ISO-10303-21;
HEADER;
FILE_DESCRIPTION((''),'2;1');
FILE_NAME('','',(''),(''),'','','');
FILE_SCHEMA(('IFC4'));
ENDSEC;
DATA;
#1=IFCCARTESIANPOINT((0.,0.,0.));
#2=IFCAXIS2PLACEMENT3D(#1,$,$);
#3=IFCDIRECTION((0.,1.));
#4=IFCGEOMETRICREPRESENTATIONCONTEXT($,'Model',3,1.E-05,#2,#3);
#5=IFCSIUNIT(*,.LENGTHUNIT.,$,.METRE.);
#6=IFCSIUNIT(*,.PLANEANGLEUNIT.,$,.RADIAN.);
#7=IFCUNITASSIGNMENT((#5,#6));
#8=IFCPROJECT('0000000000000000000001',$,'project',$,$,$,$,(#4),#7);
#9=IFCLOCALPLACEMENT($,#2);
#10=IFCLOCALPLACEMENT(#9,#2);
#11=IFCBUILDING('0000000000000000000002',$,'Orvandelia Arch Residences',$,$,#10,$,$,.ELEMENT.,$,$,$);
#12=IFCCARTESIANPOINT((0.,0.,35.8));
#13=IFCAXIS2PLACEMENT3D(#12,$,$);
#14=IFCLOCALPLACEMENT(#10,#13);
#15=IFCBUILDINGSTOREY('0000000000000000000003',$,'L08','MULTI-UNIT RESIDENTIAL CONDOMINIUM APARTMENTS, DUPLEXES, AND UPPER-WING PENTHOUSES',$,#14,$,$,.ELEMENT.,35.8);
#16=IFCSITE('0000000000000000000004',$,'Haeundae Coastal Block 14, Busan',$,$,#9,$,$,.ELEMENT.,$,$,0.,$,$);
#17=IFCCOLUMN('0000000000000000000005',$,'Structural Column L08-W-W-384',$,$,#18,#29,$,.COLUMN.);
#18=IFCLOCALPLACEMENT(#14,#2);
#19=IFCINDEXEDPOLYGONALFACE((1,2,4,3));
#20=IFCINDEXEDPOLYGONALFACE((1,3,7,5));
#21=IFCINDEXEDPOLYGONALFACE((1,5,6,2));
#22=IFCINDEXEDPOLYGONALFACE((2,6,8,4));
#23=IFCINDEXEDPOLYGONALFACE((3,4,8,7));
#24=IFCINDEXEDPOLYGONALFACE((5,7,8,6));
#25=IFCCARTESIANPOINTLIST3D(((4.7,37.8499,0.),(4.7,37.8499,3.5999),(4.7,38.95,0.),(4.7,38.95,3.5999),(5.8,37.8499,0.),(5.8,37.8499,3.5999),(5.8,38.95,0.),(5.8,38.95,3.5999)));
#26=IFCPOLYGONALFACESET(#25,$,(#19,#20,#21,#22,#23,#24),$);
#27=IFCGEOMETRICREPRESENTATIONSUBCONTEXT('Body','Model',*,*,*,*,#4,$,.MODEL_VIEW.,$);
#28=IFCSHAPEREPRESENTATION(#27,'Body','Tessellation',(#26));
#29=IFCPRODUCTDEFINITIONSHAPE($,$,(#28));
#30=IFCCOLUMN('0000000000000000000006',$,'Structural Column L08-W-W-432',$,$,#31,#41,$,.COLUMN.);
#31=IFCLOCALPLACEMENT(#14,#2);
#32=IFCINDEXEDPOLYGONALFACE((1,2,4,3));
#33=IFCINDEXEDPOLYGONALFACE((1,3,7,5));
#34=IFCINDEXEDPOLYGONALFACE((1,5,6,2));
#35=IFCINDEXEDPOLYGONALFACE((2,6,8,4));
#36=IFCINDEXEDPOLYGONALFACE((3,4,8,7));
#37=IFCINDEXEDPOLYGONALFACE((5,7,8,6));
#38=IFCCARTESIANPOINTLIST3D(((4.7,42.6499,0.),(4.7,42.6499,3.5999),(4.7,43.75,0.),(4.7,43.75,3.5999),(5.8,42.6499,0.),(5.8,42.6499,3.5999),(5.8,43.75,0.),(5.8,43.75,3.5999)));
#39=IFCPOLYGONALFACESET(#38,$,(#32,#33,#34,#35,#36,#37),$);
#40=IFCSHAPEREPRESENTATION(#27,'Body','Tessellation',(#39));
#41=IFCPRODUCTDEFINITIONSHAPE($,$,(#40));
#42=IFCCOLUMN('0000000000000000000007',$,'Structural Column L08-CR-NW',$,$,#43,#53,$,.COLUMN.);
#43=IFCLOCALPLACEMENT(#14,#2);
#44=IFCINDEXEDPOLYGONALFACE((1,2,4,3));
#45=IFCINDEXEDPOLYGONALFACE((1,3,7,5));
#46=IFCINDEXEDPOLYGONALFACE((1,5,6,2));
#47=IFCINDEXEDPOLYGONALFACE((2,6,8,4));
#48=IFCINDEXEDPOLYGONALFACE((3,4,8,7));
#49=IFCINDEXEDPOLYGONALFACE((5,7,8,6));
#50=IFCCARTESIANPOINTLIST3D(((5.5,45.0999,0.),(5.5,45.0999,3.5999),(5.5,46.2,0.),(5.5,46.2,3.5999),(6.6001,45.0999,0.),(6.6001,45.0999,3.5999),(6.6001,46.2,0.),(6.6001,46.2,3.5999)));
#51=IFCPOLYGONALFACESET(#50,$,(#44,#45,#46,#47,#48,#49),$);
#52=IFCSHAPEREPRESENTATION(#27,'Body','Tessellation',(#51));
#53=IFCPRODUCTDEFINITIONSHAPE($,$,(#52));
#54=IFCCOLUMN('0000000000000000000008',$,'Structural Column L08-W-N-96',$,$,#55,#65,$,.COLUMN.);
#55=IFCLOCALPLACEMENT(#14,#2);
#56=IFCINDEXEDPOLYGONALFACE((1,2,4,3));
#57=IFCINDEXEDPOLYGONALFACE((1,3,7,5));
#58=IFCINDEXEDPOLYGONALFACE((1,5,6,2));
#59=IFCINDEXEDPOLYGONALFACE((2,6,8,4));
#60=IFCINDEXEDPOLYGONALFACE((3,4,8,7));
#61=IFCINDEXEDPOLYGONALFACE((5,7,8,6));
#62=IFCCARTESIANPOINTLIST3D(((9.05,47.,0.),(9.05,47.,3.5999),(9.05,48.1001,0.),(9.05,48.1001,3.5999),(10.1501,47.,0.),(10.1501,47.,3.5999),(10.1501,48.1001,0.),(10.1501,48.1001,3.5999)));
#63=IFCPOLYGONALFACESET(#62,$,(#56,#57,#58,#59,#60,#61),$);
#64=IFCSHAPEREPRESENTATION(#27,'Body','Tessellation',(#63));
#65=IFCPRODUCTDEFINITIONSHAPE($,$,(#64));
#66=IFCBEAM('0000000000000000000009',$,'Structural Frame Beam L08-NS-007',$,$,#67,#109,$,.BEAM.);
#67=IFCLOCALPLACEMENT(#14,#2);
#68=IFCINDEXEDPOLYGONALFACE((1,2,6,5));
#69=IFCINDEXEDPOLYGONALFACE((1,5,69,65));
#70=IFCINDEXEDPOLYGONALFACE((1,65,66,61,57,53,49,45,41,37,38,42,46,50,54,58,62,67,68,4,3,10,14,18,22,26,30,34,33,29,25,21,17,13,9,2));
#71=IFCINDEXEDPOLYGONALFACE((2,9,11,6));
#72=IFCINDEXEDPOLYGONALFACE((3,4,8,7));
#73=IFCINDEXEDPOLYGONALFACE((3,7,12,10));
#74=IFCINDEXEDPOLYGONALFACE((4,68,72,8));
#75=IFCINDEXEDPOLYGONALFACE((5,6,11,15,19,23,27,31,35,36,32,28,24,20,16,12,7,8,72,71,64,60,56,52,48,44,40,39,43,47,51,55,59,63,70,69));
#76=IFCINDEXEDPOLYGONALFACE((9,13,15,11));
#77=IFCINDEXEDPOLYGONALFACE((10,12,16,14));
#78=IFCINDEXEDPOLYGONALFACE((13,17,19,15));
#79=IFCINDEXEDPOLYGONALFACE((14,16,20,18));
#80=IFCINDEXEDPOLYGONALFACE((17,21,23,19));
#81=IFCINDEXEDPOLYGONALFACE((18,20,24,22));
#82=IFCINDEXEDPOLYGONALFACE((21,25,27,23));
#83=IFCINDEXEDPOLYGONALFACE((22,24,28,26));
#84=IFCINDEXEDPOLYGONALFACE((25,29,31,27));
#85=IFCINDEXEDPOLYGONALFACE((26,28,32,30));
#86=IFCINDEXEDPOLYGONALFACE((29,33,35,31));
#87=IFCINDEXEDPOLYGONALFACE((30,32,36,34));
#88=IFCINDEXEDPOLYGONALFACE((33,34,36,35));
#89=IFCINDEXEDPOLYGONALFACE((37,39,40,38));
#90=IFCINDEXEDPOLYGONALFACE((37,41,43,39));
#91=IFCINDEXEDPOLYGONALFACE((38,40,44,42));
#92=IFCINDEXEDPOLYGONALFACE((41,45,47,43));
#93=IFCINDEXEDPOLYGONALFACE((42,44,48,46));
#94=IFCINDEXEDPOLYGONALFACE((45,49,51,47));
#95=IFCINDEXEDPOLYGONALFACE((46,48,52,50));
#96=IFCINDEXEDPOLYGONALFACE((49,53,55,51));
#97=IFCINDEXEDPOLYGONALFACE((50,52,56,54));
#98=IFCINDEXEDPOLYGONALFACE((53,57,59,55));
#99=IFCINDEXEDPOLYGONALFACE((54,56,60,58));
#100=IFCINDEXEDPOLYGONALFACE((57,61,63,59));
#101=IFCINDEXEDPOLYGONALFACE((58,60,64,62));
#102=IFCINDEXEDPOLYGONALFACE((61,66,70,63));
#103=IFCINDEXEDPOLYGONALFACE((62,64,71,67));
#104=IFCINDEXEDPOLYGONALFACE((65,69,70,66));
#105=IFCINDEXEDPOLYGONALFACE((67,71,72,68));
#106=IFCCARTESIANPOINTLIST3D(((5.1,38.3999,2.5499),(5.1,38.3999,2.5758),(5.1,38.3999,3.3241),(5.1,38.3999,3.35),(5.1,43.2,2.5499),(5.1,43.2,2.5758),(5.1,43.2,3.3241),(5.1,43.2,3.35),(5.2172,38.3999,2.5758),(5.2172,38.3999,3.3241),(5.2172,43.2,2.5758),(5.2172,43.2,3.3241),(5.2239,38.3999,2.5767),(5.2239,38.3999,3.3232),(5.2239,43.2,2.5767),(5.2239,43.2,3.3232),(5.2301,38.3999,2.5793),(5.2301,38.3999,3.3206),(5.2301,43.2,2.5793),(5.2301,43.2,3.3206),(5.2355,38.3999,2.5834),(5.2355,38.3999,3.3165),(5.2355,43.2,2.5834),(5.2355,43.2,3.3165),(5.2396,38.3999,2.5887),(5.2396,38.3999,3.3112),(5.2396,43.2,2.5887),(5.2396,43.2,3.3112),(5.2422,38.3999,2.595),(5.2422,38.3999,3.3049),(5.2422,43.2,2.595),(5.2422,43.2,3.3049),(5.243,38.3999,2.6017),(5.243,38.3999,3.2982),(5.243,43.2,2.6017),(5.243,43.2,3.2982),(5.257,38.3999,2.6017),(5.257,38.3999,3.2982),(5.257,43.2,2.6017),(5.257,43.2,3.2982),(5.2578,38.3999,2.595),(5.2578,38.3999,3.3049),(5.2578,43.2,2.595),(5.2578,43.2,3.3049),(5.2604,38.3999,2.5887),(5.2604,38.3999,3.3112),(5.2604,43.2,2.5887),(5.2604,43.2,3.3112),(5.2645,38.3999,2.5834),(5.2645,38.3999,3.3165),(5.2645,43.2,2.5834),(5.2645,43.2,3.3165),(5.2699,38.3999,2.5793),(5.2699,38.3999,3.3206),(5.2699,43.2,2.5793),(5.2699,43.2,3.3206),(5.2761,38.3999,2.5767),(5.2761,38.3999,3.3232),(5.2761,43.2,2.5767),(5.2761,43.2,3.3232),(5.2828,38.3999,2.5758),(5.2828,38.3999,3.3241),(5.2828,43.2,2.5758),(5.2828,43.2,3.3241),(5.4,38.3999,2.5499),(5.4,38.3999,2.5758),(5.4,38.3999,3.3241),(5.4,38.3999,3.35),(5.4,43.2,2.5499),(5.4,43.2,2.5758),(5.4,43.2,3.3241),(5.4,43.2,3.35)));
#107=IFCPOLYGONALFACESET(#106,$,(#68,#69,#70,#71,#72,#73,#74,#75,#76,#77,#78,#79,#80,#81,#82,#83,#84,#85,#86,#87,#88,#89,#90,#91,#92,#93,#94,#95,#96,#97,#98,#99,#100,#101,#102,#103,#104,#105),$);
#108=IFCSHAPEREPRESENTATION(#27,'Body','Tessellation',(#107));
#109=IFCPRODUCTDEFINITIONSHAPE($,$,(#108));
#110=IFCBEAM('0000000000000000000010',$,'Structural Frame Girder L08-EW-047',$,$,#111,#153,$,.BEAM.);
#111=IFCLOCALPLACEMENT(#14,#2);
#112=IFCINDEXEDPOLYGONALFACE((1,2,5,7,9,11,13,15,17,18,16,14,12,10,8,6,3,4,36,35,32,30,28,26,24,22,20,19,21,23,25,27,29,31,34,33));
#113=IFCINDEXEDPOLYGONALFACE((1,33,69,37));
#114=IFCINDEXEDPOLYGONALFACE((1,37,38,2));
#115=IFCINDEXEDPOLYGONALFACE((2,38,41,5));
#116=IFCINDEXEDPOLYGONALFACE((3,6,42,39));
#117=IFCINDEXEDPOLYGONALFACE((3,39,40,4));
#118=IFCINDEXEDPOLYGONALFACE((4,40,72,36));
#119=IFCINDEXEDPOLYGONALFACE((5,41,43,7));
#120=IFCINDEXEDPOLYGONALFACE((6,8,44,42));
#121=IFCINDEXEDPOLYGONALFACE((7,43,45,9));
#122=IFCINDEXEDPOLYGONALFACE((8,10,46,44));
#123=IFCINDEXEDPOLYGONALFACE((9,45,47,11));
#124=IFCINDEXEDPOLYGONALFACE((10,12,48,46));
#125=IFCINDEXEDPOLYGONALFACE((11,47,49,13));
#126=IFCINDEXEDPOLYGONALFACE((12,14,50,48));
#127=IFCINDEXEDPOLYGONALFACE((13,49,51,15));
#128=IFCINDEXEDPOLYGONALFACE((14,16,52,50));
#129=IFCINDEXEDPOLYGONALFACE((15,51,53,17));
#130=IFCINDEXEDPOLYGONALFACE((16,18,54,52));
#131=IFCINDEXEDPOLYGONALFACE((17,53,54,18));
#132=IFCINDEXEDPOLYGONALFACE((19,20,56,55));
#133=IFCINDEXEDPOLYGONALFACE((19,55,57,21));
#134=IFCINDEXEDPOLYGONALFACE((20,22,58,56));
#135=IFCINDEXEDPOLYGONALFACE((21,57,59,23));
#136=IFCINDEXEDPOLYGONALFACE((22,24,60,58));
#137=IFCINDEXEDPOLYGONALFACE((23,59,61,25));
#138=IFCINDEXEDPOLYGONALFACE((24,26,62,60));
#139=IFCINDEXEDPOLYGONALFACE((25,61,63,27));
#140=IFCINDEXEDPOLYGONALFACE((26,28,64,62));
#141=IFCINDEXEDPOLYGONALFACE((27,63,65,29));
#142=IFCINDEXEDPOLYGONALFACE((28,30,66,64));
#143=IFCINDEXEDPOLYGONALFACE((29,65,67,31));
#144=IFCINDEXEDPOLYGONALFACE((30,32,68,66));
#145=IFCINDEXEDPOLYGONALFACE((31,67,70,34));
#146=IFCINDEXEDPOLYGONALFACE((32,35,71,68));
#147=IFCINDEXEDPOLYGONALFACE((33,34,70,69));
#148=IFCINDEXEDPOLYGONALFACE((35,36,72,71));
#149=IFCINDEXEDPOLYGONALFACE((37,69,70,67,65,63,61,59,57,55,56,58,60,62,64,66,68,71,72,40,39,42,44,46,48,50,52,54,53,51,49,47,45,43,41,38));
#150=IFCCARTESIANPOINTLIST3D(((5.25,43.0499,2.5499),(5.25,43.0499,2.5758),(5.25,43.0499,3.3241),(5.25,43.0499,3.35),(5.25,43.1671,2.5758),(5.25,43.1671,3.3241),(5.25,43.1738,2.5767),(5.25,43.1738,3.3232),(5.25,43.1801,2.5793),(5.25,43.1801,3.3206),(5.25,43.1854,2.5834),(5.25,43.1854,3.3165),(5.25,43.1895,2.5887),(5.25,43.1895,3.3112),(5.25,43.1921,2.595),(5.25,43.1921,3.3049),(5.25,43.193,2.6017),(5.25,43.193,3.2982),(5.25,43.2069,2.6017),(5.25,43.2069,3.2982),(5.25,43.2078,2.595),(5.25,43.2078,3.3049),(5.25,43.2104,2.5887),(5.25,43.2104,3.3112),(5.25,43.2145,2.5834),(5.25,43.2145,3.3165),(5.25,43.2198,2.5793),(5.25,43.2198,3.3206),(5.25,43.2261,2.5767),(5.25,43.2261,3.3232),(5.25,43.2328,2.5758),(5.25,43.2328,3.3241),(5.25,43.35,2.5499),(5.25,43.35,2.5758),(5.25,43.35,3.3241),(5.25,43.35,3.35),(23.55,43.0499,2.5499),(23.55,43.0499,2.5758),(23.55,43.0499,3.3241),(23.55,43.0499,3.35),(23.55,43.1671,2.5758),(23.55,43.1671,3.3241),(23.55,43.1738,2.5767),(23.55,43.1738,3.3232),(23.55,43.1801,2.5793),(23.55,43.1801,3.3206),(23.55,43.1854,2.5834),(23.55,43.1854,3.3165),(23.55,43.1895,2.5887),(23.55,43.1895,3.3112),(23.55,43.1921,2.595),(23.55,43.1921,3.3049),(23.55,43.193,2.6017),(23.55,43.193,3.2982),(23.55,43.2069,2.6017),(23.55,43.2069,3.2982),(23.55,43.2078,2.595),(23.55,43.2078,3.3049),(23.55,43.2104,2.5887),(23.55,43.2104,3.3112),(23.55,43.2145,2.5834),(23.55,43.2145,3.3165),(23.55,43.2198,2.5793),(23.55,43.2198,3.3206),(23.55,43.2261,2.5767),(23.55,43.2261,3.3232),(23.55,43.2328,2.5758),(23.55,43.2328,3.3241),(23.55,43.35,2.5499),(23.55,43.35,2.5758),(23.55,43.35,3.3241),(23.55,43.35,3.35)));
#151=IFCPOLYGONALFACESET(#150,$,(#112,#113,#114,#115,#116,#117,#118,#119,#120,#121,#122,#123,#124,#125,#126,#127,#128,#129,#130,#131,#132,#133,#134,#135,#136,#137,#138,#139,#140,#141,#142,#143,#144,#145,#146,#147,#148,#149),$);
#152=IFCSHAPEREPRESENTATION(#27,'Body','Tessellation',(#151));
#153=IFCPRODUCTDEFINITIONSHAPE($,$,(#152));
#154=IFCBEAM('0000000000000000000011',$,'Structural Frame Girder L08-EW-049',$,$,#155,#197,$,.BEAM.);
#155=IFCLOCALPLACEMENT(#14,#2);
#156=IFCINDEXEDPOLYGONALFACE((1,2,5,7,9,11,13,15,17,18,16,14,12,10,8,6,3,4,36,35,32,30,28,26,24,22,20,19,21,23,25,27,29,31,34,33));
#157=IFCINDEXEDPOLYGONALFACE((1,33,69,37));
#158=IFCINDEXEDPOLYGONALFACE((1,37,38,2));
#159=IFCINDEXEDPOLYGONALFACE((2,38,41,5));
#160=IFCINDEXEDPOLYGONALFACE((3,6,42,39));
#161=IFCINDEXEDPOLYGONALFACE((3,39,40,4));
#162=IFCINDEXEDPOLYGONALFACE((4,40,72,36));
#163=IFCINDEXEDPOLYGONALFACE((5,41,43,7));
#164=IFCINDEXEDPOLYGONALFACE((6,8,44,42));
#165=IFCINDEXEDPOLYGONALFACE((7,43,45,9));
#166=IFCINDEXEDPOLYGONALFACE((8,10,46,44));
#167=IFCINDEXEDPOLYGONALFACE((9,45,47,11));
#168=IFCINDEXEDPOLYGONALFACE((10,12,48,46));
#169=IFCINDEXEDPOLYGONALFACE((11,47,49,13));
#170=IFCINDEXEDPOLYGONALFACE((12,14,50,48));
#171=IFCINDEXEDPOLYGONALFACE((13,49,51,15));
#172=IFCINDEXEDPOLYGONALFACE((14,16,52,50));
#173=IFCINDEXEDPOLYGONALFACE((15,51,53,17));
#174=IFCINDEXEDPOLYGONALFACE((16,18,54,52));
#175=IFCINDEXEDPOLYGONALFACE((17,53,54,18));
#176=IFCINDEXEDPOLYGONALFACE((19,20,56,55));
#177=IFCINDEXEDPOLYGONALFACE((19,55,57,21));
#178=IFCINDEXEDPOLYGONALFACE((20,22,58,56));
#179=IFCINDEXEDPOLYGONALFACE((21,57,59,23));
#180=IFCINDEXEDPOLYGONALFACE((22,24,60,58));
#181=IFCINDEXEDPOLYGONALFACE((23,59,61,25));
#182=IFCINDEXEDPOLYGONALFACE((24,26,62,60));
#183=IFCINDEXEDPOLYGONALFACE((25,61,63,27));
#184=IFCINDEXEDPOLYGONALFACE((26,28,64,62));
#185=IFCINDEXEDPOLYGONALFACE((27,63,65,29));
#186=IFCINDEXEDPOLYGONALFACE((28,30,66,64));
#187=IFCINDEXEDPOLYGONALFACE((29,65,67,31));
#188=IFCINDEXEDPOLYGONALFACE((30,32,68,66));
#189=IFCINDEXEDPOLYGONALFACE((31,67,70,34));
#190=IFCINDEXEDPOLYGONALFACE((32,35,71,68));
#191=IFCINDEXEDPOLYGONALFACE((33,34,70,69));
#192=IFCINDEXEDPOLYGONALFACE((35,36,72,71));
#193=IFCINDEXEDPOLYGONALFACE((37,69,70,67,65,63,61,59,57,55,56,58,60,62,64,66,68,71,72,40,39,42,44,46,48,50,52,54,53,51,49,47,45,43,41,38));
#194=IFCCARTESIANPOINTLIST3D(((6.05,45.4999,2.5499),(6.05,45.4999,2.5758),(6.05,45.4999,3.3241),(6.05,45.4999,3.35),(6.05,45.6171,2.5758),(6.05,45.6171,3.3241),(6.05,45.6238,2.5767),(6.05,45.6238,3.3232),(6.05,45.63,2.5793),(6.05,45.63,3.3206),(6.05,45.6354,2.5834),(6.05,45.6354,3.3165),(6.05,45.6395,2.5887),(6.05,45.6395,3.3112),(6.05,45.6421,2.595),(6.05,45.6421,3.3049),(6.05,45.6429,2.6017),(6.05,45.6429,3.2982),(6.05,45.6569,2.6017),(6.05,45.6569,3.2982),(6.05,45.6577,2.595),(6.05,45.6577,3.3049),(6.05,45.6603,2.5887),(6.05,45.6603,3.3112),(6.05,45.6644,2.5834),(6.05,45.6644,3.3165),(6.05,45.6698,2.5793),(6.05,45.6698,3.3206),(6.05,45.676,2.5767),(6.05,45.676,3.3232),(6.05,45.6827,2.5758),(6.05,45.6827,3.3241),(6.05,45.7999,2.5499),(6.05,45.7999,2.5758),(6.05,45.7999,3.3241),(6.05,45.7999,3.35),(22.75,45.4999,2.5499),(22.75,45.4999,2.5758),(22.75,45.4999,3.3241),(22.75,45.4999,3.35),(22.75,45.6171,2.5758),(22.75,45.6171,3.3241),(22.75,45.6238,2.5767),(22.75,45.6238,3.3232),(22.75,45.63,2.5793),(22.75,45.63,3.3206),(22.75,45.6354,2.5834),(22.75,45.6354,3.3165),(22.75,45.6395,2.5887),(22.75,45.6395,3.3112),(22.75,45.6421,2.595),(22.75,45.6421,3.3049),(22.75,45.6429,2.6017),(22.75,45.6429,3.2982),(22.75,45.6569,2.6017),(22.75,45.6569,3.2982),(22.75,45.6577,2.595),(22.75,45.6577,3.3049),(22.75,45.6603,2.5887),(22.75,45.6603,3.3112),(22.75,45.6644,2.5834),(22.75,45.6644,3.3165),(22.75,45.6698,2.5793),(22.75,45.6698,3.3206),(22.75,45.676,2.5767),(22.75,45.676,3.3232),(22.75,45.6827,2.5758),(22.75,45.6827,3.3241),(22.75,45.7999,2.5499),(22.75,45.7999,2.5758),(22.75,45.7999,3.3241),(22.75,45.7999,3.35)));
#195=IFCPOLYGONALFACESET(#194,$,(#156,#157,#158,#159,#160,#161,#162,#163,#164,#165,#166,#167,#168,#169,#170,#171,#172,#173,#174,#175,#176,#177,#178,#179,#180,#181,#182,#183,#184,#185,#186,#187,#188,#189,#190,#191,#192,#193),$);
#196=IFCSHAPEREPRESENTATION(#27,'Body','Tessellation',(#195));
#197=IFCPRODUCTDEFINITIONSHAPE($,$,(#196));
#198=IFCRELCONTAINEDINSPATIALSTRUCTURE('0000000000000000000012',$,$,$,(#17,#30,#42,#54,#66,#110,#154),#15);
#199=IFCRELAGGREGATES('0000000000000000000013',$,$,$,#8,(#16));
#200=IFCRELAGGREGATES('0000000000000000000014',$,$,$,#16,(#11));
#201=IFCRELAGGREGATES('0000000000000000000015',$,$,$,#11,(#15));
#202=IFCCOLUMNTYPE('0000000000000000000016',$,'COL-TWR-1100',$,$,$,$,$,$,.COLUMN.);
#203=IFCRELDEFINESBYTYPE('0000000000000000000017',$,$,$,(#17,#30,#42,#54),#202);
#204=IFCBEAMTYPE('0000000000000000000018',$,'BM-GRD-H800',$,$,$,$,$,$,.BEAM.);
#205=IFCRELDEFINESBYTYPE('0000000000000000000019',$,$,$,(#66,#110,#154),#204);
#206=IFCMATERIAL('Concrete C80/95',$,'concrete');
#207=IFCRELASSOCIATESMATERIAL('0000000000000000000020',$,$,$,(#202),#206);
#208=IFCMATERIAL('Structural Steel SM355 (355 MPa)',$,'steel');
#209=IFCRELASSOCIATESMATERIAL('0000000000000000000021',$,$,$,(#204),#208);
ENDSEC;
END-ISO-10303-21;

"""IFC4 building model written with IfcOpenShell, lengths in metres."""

from ifc_helpers import new_model, si_unit, direction, frame, origin, origin_2d, place, context, subcontext, project, spatial, rectangle, i_section, extrude, material, material_profile, profile_set, type_object, element, save


model = new_model("IFC4")

# Units and contexts
model_context = context("Model", 3, precision=1e-05, world=origin(), true_north=direction((0.0, 1.0)))
body_context = subcontext(model_context, "Body", "Model", "MODEL_VIEW")
ifc_project = project(units=[si_unit("LENGTHUNIT", "METRE"), si_unit("PLANEANGLEUNIT", "RADIAN")], contexts=[model_context])

# Site, building, storey
site_placement = place(None, origin())
site = spatial("IfcSite", under=ifc_project, at=site_placement, Name="Haeundae Coastal Block 14, Busan", CompositionType="ELEMENT", RefElevation=0.0)
building_placement = place(site_placement, origin())
building = spatial("IfcBuilding", under=site, at=building_placement, Name="Orvandelia Arch Residences", CompositionType="ELEMENT")
storey_placement = place(building_placement, frame((0.0, 0.0, 35.8)))
storey = spatial("IfcBuildingStorey", under=building, at=storey_placement, Name="L08", Description="MULTI-UNIT RESIDENTIAL CONDOMINIUM APARTMENTS, DUPLEXES, AND UPPER-WING PENTHOUSES", CompositionType="ELEMENT", Elevation=35.8)

# Columns
ifc_material_1 = material(Name="Concrete C80/95", Category="concrete")
ifc_material_profile_1 = material_profile(ifc_material_1, rectangle(XDim=1.1001, YDim=1.1001, at=origin_2d()), Name="Concrete C80/95", Category="concrete")
ifc_profile_set_1 = profile_set([ifc_material_profile_1], Name="Concrete C80/95")
column_type = type_object("IfcColumnType", Name="COL-TWR-1100", PredefinedType="COLUMN", material=ifc_profile_set_1)
for number, where, z_axis, x_axis, name in (
    (1, (5.25, 38.3999, 0.0), (0.0, 0.0, 1.0), (1.0, 0.0, 0.0), "Structural Column L08-W-W-384"),
    (2, (5.25, 43.2, 0.0), (0.0, 0.0, 1.0), (1.0, 0.0, 0.0), "Structural Column L08-W-W-432"),
    (3, (6.05, 45.6499, 0.0), (0.0, 0.0, 1.0), (1.0, 0.0, 0.0), "Structural Column L08-CR-NW"),
    (4, (9.6001, 47.55, 0.0), (0.0, 0.0, 1.0), (1.0, 0.0, 0.0), "Structural Column L08-W-N-96"),
):
    element("IfcColumn", number, at=place(storey_placement, frame(where, z_axis=z_axis, x_axis=x_axis)), inside=storey, type_object=column_type, Name=name, PredefinedType="COLUMN", context=body_context, shape_type="SweptSolid", body=[
        extrude(rectangle(XDim=1.1001, YDim=1.1001, at=origin_2d()), origin(), (0.0, 0.0, 1.0), 3.5999),
    ])

# Beams
ifc_material_2 = material(Name="Structural Steel SM355 (355 MPa)", Category="steel")
ifc_material_profile_2 = material_profile(ifc_material_2, i_section(OverallWidth=0.3, OverallDepth=0.8, WebThickness=0.0139, FlangeThickness=0.0259, FilletRadius=0.0259, at=origin_2d()), Name="Structural Steel SM355 (355 MPa)", Category="steel")
ifc_profile_set_2 = profile_set([ifc_material_profile_2], Name="Structural Steel SM355 (355 MPa)")
beam_type = type_object("IfcBeamType", Name="BM-GRD-H800", PredefinedType="BEAM", material=ifc_profile_set_2)
beam_1_placement = place(storey_placement, frame((5.25, 38.3999, 2.95), z_axis=(0.0, 1.0, 0.0), x_axis=(-1.0, 0.0, 0.0)))
element("IfcBeam", 5, at=beam_1_placement, inside=storey, type_object=beam_type, Name="Structural Frame Beam L08-NS-007", PredefinedType="BEAM", context=body_context, shape_type="SweptSolid", body=[
    extrude(i_section(OverallWidth=0.3, OverallDepth=0.8, WebThickness=0.0139, FlangeThickness=0.0259, FilletRadius=0.0259, at=origin_2d()), origin(), (0.0, 0.0, 1.0), 4.8),
])
beam_2_placement = place(storey_placement, frame((5.25, 43.2, 2.95), z_axis=(1.0, 0.0, 0.0), x_axis=(0.0, 1.0, 0.0)))
element("IfcBeam", 6, at=beam_2_placement, inside=storey, type_object=beam_type, Name="Structural Frame Girder L08-EW-047", PredefinedType="BEAM", context=body_context, shape_type="SweptSolid", body=[
    extrude(i_section(OverallWidth=0.3, OverallDepth=0.8, WebThickness=0.0139, FlangeThickness=0.0259, FilletRadius=0.0259, at=origin_2d()), origin(), (0.0, 0.0, 1.0), 18.3),
])
beam_3_placement = place(storey_placement, frame((6.05, 45.6499, 2.95), z_axis=(1.0, 0.0, 0.0), x_axis=(0.0, 1.0, 0.0)))
element("IfcBeam", 7, at=beam_3_placement, inside=storey, type_object=beam_type, Name="Structural Frame Girder L08-EW-049", PredefinedType="BEAM", context=body_context, shape_type="SweptSolid", body=[
    extrude(i_section(OverallWidth=0.3, OverallDepth=0.8, WebThickness=0.0139, FlangeThickness=0.0259, FilletRadius=0.0259, at=origin_2d()), origin(), (0.0, 0.0, 1.0), 16.7),
])

save(model, "model.ifc")
